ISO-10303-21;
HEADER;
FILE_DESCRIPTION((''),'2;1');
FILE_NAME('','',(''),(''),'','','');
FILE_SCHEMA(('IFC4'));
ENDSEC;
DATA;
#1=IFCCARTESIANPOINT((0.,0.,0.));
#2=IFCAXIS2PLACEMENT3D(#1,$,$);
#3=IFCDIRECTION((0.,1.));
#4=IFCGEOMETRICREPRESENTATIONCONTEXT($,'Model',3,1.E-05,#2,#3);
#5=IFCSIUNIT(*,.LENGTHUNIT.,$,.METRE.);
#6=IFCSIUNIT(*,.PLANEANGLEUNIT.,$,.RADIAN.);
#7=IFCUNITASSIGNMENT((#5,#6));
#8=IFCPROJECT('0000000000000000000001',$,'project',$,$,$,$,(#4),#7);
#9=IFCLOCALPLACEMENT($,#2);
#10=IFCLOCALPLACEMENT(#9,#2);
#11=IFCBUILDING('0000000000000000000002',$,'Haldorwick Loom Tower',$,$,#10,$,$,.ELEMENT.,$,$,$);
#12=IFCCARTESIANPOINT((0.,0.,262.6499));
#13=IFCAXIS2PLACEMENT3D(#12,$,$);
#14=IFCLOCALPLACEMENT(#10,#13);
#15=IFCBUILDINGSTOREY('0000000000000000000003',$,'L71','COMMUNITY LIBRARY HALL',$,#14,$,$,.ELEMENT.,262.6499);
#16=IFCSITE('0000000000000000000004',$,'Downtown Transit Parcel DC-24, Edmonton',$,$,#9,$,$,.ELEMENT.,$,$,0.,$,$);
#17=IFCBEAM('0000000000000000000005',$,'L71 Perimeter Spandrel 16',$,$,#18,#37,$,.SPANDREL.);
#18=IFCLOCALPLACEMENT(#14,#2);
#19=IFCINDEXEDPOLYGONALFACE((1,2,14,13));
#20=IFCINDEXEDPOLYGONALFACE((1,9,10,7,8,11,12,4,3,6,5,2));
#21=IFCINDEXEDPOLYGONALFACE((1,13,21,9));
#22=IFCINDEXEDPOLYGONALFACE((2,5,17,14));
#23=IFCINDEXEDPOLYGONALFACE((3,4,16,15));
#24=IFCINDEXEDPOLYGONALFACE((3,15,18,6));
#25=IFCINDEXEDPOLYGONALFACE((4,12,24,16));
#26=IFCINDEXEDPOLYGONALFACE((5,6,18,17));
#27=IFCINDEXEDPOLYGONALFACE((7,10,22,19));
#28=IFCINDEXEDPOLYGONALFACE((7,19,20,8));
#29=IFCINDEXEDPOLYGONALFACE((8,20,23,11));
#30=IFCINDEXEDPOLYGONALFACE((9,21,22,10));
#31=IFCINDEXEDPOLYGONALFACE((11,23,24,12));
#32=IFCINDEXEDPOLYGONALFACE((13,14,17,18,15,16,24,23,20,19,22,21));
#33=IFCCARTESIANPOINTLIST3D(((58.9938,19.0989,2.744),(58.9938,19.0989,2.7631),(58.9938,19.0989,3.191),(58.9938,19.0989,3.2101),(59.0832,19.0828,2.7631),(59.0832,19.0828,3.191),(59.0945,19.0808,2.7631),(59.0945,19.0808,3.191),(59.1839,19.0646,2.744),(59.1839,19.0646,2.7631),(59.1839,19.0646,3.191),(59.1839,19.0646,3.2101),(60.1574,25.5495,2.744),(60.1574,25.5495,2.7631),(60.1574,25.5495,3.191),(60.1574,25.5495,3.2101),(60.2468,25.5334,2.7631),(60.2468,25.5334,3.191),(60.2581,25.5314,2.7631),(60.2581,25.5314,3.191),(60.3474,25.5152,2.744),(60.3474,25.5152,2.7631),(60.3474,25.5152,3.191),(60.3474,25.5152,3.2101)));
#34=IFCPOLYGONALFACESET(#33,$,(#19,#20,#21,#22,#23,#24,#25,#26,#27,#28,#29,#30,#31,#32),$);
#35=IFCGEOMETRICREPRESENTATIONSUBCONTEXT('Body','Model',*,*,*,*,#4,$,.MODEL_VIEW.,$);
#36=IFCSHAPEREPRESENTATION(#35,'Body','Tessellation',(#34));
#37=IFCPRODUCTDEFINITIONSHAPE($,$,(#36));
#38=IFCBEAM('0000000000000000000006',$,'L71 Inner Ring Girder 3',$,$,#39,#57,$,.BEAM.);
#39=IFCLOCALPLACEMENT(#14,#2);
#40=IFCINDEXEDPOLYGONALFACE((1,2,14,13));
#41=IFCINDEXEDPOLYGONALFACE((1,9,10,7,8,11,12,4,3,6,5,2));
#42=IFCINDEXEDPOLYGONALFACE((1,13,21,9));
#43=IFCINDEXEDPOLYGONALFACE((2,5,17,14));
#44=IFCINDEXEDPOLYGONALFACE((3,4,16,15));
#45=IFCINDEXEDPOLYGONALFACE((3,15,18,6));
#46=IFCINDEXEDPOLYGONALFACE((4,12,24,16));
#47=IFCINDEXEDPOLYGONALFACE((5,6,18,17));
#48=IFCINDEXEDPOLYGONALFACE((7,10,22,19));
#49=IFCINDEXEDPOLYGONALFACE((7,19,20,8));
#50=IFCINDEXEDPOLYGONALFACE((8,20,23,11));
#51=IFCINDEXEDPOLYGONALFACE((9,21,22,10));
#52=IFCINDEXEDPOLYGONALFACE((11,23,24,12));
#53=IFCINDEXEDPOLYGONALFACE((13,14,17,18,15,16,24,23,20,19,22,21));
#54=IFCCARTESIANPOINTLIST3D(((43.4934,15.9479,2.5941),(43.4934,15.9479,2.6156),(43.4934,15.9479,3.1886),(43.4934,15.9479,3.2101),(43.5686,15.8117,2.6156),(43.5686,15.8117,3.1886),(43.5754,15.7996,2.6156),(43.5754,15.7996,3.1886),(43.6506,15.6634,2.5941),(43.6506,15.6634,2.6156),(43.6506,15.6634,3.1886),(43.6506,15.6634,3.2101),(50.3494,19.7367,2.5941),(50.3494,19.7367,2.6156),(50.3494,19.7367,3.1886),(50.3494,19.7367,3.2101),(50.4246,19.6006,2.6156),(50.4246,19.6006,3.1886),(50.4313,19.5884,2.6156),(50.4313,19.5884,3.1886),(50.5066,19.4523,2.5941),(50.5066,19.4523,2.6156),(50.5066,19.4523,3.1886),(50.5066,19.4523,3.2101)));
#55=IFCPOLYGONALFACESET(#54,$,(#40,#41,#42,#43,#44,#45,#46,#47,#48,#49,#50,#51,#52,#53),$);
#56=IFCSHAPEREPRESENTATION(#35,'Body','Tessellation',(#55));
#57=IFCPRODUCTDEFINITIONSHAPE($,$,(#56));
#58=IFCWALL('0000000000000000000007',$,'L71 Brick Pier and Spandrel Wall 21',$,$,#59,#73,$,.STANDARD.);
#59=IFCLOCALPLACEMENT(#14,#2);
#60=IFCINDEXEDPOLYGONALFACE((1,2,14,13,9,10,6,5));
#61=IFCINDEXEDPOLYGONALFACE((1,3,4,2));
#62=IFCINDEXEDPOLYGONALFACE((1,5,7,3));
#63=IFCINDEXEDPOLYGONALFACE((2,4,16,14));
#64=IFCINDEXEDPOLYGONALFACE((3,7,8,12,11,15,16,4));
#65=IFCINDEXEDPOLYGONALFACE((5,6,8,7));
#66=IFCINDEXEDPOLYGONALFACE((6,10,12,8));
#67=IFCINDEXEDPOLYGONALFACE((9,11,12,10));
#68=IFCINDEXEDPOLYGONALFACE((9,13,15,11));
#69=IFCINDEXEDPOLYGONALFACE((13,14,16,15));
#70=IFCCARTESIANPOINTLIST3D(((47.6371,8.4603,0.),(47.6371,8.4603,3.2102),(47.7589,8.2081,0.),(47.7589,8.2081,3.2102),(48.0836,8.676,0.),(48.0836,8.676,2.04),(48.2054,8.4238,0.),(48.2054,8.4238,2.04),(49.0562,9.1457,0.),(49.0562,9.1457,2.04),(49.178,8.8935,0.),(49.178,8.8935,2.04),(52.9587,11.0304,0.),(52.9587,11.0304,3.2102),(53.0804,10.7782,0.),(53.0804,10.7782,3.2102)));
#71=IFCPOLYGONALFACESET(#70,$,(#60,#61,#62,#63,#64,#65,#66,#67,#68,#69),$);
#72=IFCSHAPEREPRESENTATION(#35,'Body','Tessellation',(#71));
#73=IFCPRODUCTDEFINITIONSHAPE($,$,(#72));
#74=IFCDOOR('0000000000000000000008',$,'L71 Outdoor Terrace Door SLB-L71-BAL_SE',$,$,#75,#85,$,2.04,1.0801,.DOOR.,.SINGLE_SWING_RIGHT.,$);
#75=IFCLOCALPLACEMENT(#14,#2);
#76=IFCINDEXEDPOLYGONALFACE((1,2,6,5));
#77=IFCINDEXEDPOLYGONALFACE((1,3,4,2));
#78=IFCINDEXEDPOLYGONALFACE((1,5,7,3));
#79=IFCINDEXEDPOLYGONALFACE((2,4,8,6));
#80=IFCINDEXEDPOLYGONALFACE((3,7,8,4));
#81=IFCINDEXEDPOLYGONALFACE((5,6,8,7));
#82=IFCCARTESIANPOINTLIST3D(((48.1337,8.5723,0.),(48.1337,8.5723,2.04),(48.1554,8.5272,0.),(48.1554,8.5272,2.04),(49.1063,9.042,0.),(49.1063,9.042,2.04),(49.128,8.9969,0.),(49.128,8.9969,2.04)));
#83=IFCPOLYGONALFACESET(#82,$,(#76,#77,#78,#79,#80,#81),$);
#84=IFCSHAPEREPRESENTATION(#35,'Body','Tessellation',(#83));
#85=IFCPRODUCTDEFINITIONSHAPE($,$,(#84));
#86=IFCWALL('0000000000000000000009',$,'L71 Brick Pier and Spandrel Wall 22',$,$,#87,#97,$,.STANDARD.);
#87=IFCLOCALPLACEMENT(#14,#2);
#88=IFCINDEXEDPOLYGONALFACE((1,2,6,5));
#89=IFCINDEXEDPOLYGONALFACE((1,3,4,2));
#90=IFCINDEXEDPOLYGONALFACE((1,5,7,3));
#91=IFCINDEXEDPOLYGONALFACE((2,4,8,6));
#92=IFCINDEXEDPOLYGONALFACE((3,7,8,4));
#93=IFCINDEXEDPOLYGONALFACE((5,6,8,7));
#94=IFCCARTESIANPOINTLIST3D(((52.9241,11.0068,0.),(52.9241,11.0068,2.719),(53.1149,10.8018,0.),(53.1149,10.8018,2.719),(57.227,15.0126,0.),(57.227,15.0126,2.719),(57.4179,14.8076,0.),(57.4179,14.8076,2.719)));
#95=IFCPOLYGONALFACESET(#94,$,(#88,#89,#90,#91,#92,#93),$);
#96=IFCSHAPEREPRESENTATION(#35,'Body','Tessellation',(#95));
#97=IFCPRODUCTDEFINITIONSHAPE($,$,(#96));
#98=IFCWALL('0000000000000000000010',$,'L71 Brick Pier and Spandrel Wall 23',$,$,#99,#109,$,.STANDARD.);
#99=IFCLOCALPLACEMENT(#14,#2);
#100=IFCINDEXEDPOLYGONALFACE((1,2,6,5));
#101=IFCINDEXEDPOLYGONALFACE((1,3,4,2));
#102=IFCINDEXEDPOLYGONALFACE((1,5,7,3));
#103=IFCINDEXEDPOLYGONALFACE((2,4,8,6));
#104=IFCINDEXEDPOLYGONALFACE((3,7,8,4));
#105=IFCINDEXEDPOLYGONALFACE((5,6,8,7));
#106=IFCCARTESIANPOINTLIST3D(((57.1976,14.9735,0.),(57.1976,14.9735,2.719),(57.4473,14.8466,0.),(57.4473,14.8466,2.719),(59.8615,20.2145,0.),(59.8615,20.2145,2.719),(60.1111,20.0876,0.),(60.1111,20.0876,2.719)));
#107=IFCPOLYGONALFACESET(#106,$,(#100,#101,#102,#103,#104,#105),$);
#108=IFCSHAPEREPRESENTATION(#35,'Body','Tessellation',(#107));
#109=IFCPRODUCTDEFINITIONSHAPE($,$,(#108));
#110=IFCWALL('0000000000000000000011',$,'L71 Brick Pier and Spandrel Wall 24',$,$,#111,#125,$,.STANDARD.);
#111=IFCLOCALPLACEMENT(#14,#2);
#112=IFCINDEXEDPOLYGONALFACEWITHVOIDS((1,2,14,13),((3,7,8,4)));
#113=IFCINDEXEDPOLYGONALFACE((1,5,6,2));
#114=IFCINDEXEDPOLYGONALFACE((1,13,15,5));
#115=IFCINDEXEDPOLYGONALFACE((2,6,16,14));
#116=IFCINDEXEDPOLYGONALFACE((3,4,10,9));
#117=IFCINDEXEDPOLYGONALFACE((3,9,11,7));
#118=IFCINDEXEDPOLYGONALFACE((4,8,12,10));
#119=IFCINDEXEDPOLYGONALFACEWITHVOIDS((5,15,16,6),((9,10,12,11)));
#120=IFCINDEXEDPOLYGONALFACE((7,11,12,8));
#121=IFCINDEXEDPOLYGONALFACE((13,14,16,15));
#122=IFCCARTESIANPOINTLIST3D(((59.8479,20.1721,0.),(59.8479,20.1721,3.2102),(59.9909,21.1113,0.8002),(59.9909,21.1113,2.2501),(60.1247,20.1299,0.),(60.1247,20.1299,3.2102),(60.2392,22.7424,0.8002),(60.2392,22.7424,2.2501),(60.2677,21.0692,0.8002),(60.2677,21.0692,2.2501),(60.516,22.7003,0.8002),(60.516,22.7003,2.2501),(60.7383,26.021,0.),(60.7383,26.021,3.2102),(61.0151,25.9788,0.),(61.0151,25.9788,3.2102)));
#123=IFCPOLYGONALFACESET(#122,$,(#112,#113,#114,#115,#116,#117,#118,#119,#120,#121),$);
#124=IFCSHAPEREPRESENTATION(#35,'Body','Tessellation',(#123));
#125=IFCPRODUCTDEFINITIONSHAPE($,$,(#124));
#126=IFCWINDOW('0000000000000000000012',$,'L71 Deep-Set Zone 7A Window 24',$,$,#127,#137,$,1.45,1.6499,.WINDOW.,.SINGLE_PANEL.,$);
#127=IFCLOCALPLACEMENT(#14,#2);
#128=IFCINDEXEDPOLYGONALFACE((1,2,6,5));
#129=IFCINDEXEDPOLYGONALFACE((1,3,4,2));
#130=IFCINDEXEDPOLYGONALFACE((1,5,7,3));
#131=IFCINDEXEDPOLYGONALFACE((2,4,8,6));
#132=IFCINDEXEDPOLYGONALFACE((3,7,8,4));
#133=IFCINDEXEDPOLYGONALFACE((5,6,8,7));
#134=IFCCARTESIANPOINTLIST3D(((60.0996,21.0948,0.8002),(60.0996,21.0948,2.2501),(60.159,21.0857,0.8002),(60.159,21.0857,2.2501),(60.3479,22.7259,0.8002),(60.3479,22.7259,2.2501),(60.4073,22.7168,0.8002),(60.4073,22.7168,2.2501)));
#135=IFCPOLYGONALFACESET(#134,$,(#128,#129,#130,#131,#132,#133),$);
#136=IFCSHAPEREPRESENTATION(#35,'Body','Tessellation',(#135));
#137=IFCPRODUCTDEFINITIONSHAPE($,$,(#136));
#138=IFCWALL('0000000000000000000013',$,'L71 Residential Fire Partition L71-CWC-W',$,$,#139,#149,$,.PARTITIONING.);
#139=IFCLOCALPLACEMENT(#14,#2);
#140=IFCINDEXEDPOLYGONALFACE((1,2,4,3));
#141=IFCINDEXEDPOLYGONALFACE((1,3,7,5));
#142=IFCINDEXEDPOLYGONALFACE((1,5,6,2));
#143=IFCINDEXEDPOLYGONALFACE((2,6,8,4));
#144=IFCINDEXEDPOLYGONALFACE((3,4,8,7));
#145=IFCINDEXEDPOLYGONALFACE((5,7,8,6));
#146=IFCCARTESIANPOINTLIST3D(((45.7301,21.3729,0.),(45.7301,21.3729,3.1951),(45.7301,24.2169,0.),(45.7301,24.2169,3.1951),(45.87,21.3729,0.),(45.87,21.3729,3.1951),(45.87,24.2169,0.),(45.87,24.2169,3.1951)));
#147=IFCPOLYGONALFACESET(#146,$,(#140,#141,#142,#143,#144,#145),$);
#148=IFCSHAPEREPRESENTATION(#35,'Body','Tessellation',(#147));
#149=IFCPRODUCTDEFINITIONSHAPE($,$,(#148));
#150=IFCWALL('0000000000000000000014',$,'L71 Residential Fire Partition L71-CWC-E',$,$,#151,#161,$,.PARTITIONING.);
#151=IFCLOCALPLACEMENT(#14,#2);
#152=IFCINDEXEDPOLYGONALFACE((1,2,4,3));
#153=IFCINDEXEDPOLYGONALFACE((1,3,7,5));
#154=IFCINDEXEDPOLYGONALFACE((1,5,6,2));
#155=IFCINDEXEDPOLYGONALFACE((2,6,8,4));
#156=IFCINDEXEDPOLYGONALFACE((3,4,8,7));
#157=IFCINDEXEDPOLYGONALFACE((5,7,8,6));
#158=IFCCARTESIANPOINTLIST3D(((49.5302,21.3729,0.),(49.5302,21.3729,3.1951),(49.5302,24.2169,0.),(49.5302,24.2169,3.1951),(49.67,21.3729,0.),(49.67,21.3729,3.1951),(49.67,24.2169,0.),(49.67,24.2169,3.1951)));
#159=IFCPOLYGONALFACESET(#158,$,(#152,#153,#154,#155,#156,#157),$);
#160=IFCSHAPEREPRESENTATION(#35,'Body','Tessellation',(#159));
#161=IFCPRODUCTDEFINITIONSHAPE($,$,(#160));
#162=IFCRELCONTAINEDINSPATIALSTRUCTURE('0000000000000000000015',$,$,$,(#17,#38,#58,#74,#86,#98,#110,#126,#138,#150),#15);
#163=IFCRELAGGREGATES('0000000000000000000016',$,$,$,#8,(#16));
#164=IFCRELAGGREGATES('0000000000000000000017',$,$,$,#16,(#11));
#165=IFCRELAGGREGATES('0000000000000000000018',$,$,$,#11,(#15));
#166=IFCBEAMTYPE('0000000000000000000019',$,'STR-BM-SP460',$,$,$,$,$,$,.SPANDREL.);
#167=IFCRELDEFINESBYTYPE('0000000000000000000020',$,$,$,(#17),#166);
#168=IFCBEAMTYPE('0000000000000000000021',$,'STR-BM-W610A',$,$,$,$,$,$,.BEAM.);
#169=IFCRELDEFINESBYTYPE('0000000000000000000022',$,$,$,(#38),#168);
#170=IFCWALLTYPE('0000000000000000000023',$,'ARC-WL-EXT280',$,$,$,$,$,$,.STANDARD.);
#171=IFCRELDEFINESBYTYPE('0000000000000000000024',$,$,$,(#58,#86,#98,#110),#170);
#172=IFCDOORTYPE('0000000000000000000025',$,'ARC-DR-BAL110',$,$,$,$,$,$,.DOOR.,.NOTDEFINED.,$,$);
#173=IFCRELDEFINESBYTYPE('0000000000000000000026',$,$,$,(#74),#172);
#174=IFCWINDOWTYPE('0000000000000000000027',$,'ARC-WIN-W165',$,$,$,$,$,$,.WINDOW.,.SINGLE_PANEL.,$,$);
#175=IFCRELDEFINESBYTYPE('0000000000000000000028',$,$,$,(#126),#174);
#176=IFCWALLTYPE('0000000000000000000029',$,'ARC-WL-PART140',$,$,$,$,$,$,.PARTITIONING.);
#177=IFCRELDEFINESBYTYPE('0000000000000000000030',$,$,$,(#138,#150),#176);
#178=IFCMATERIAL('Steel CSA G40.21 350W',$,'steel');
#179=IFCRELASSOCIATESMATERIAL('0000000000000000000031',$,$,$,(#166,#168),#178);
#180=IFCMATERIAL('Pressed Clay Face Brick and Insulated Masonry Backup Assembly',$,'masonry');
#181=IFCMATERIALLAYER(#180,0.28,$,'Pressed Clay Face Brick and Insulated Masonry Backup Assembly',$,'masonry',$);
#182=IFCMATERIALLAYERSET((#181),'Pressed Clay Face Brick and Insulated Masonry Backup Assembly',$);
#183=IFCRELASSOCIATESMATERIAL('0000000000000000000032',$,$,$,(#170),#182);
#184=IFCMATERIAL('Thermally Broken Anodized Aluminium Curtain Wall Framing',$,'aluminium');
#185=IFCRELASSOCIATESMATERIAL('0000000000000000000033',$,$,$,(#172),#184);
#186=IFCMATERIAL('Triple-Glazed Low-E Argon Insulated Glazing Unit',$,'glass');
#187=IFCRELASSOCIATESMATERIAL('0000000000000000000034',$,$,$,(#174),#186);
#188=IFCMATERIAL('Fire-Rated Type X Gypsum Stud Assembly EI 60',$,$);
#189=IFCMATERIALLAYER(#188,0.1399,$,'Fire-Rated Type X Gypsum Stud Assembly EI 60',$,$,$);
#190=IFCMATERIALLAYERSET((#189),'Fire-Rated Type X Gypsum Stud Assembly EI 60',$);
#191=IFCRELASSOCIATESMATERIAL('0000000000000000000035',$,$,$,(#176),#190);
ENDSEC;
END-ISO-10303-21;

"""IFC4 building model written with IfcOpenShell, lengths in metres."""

from ifc_helpers import new_model, si_unit, direction, frame, frame_2d, origin, origin_2d, place, context, subcontext, project, spatial, rectangle, i_section, extrude, material, layer, layer_set, material_profile, profile_set, type_object, element, fill, save


model = new_model("IFC4")

# Units and contexts
model_context = context("Model", 3, precision=1e-05, world=origin(), true_north=direction((0.0, 1.0)))
body_context = subcontext(model_context, "Body", "Model", "MODEL_VIEW")
ifc_project = project(units=[si_unit("LENGTHUNIT", "METRE"), si_unit("PLANEANGLEUNIT", "RADIAN")], contexts=[model_context])

# Site, building, storey
site_placement = place(None, origin())
site = spatial("IfcSite", under=ifc_project, at=site_placement, Name="Downtown Transit Parcel DC-24, Edmonton", CompositionType="ELEMENT", RefElevation=0.0)
building_placement = place(site_placement, origin())
building = spatial("IfcBuilding", under=site, at=building_placement, Name="Haldorwick Loom Tower", CompositionType="ELEMENT")
storey_placement = place(building_placement, frame((0.0, 0.0, 262.6499)))
storey = spatial("IfcBuildingStorey", under=building, at=storey_placement, Name="L71", Description="COMMUNITY LIBRARY HALL", CompositionType="ELEMENT", Elevation=262.6499)

# Shared definitions
ifc_material_1 = material(Name="Steel CSA G40.21 350W", Category="steel")

# Beams
ifc_material_profile_1 = material_profile(ifc_material_1, i_section(OverallWidth=0.1931, OverallDepth=0.4661, WebThickness=0.0115, FlangeThickness=0.019, at=origin_2d()), Name="W460X97", Category="steel")
ifc_profile_set_1 = profile_set([ifc_material_profile_1], Name="Steel CSA G40.21 350W")
beam_type_1 = type_object("IfcBeamType", Name="STR-BM-SP460", PredefinedType="SPANDREL", material=ifc_profile_set_1)
beam_1_placement = place(storey_placement, frame((59.0889, 19.0818, 2.9771), z_axis=(0.177515, 0.984118, 0.0), x_axis=(-0.984118, 0.177515, 0.0)))
element("IfcBeam", 1, at=beam_1_placement, inside=storey, type_object=beam_type_1, Name="L71 Perimeter Spandrel 16", PredefinedType="SPANDREL", context=body_context, shape_type="SweptSolid", body=[
    extrude(i_section(OverallWidth=0.1931, OverallDepth=0.4661, WebThickness=0.0115, FlangeThickness=0.019, at=origin_2d()), origin(), (0.0, 0.0, 1.0), 6.5547),
])
ifc_material_profile_2 = material_profile(ifc_material_1, i_section(OverallWidth=0.325, OverallDepth=0.616, WebThickness=0.0139, FlangeThickness=0.0215, at=origin_2d()), Name="W610X174", Category="steel")
ifc_profile_set_2 = profile_set([ifc_material_profile_2], Name="Steel CSA G40.21 350W")
beam_type_2 = type_object("IfcBeamType", Name="STR-BM-W610A", PredefinedType="BEAM", material=ifc_profile_set_2)
beam_2_placement = place(storey_placement, frame((50.428, 19.5945, 2.9021), z_axis=(-0.875242, -0.483686, 0.0), x_axis=(0.483686, -0.875242, 0.0)))
element("IfcBeam", 2, at=beam_2_placement, inside=storey, type_object=beam_type_2, Name="L71 Inner Ring Girder 3", PredefinedType="BEAM", context=body_context, shape_type="SweptSolid", body=[
    extrude(i_section(OverallWidth=0.325, OverallDepth=0.616, WebThickness=0.0139, FlangeThickness=0.0215, at=origin_2d()), origin(), (0.0, 0.0, 1.0), 7.8333),
])

# Wall, opening, door
ifc_material_2 = material(Name="Pressed Clay Face Brick and Insulated Masonry Backup Assembly", Category="masonry")
ifc_layer_1 = layer(ifc_material_2, 0.28, Name="Pressed Clay Face Brick and Insulated Masonry Backup Assembly", Category="masonry")
ifc_layer_set_1 = layer_set([ifc_layer_1], Name="Pressed Clay Face Brick and Insulated Masonry Backup Assembly")
wall_type_1 = type_object("IfcWallType", Name="ARC-WL-EXT280", PredefinedType="STANDARD", material=ifc_layer_set_1)
wall_1_placement = place(storey_placement, frame((47.698, 8.3342, 0.0), z_axis=(0.0, 0.0, 1.0), x_axis=(0.900482, 0.434893, 0.0)))
wall_1 = element("IfcWall", 3, at=wall_1_placement, inside=storey, type_object=wall_type_1, Name="L71 Brick Pier and Spandrel Wall 21", PredefinedType="STANDARD", context=body_context, shape_type="SweptSolid", body=[
    extrude(rectangle(XDim=5.9097, YDim=0.28, at=frame_2d((2.9548, 0.0))), origin(), (0.0, 0.0, 1.0), 3.2102),
])
opening_1_placement = place(wall_1_placement, frame((0.4958, 0.0, 0.0)))
opening_1 = element("IfcOpeningElement", 4, at=opening_1_placement, cuts=wall_1, PredefinedType="OPENING", context=body_context, shape_type="SweptSolid", body=[
    extrude(rectangle(XDim=1.0801, YDim=2.04, at=frame_2d((0.54, 1.02))), frame((0.0, 0.1499, 0.0), z_axis=(0.0, -1.0, 0.0), x_axis=(1.0, 0.0, 0.0)), (0.0, 0.0, 1.0), 0.3),
])
ifc_material_3 = material(Name="Thermally Broken Anodized Aluminium Curtain Wall Framing", Category="aluminium")
door_type = type_object("IfcDoorType", Name="ARC-DR-BAL110", OperationType="NOTDEFINED", PredefinedType="DOOR", material=ifc_material_3)
door_placement = place(opening_1_placement, origin())
door = element("IfcDoor", 5, at=door_placement, inside=storey, type_object=door_type, Name="L71 Outdoor Terrace Door SLB-L71-BAL_SE", OperationType="SINGLE_SWING_RIGHT", OverallHeight=2.04, OverallWidth=1.0801, PredefinedType="DOOR", context=body_context, shape_type="SweptSolid", body=[
    extrude(rectangle(XDim=1.0801, YDim=2.04, at=frame_2d((0.54, 1.02))), frame((0.0, 0.0249, 0.0), z_axis=(0.0, -1.0, 0.0), x_axis=(1.0, 0.0, 0.0)), (0.0, 0.0, 1.0), 0.05),
])
fill(opening_1, door)

# Walls
wall_2_placement = place(storey_placement, frame((53.0195, 10.9043, 0.0), z_axis=(0.0, 0.0, 1.0), x_axis=(0.731925, 0.681386, 0.0)))
element("IfcWall", 6, at=wall_2_placement, inside=storey, type_object=wall_type_1, Name="L71 Brick Pier and Spandrel Wall 22", PredefinedType="STANDARD", context=body_context, shape_type="SweptSolid", body=[
    extrude(rectangle(XDim=5.8789, YDim=0.28, at=frame_2d((2.9395, 0.0))), origin(), (0.0, 0.0, 1.0), 2.719),
])
wall_3_placement = place(storey_placement, frame((57.3225, 14.9102, 0.0), z_axis=(0.0, 0.0, 1.0), x_axis=(0.453101, 0.891459, 0.0)))
element("IfcWall", 7, at=wall_3_placement, inside=storey, type_object=wall_type_1, Name="L71 Brick Pier and Spandrel Wall 23", PredefinedType="STANDARD", context=body_context, shape_type="SweptSolid", body=[
    extrude(rectangle(XDim=5.8792, YDim=0.28, at=frame_2d((2.9395, 0.0))), origin(), (0.0, 0.0, 1.0), 2.719),
])

# Wall, opening, window
wall_4_placement = place(storey_placement, frame((59.9863, 20.1511, 0.0), z_axis=(0.0, 0.0, 1.0), x_axis=(0.150497, 0.98861, 0.0)))
wall_4 = element("IfcWall", 8, at=wall_4_placement, inside=storey, type_object=wall_type_1, Name="L71 Brick Pier and Spandrel Wall 24", PredefinedType="STANDARD", context=body_context, shape_type="SweptSolid", body=[
    extrude(rectangle(XDim=5.9163, YDim=0.28, at=frame_2d((2.958, 0.0))), origin(), (0.0, 0.0, 1.0), 3.2102),
])
opening_2_placement = place(wall_4_placement, frame((0.95, 0.0, 0.8)))
opening_2 = element("IfcOpeningElement", 9, at=opening_2_placement, cuts=wall_4, PredefinedType="OPENING", context=body_context, shape_type="SweptSolid", body=[
    extrude(rectangle(XDim=1.6499, YDim=1.45, at=frame_2d((0.825, 0.7251))), frame((0.0, 0.1499, 0.0), z_axis=(0.0, -1.0, 0.0), x_axis=(1.0, 0.0, 0.0)), (0.0, 0.0, 1.0), 0.3),
])
ifc_material_4 = material(Name="Triple-Glazed Low-E Argon Insulated Glazing Unit", Category="glass")
window_type = type_object("IfcWindowType", Name="ARC-WIN-W165", PartitioningType="SINGLE_PANEL", PredefinedType="WINDOW", material=ifc_material_4)
window_placement = place(opening_2_placement, origin())
window = element("IfcWindow", 10, at=window_placement, inside=storey, type_object=window_type, Name="L71 Deep-Set Zone 7A Window 24", OverallHeight=1.45, OverallWidth=1.6499, PartitioningType="SINGLE_PANEL", PredefinedType="WINDOW", context=body_context, shape_type="SweptSolid", body=[
    extrude(rectangle(XDim=1.6499, YDim=1.45, at=frame_2d((0.825, 0.7251))), frame((0.0, 0.03, 0.0), z_axis=(0.0, -1.0, 0.0), x_axis=(1.0, 0.0, 0.0)), (0.0, 0.0, 1.0), 0.0601),
])
fill(opening_2, window)

# Walls
ifc_material_5 = material(Name="Fire-Rated Type X Gypsum Stud Assembly EI 60")
ifc_layer_2 = layer(ifc_material_5, 0.1399, Name="Fire-Rated Type X Gypsum Stud Assembly EI 60")
ifc_layer_set_2 = layer_set([ifc_layer_2], Name="Fire-Rated Type X Gypsum Stud Assembly EI 60")
wall_type_2 = type_object("IfcWallType", Name="ARC-WL-PART140", PredefinedType="PARTITIONING", material=ifc_layer_set_2)
for number, where, z_axis, x_axis, name in (
    (11, (45.8, 21.373, 0.0), (0.0, 0.0, 1.0), (0.0, 1.0, 0.0), "L71 Residential Fire Partition L71-CWC-W"),
    (12, (49.6001, 21.373, 0.0), (0.0, 0.0, 1.0), (0.0, 1.0, 0.0), "L71 Residential Fire Partition L71-CWC-E"),
):
    element("IfcWall", number, at=place(storey_placement, frame(where, z_axis=z_axis, x_axis=x_axis)), inside=storey, type_object=wall_type_2, Name=name, PredefinedType="PARTITIONING", context=body_context, shape_type="SweptSolid", body=[
        extrude(rectangle(XDim=2.844, YDim=0.1399, at=frame_2d((1.4219, 0.0))), origin(), (0.0, 0.0, 1.0), 3.1951),
    ])

save(model, "model.ifc")
